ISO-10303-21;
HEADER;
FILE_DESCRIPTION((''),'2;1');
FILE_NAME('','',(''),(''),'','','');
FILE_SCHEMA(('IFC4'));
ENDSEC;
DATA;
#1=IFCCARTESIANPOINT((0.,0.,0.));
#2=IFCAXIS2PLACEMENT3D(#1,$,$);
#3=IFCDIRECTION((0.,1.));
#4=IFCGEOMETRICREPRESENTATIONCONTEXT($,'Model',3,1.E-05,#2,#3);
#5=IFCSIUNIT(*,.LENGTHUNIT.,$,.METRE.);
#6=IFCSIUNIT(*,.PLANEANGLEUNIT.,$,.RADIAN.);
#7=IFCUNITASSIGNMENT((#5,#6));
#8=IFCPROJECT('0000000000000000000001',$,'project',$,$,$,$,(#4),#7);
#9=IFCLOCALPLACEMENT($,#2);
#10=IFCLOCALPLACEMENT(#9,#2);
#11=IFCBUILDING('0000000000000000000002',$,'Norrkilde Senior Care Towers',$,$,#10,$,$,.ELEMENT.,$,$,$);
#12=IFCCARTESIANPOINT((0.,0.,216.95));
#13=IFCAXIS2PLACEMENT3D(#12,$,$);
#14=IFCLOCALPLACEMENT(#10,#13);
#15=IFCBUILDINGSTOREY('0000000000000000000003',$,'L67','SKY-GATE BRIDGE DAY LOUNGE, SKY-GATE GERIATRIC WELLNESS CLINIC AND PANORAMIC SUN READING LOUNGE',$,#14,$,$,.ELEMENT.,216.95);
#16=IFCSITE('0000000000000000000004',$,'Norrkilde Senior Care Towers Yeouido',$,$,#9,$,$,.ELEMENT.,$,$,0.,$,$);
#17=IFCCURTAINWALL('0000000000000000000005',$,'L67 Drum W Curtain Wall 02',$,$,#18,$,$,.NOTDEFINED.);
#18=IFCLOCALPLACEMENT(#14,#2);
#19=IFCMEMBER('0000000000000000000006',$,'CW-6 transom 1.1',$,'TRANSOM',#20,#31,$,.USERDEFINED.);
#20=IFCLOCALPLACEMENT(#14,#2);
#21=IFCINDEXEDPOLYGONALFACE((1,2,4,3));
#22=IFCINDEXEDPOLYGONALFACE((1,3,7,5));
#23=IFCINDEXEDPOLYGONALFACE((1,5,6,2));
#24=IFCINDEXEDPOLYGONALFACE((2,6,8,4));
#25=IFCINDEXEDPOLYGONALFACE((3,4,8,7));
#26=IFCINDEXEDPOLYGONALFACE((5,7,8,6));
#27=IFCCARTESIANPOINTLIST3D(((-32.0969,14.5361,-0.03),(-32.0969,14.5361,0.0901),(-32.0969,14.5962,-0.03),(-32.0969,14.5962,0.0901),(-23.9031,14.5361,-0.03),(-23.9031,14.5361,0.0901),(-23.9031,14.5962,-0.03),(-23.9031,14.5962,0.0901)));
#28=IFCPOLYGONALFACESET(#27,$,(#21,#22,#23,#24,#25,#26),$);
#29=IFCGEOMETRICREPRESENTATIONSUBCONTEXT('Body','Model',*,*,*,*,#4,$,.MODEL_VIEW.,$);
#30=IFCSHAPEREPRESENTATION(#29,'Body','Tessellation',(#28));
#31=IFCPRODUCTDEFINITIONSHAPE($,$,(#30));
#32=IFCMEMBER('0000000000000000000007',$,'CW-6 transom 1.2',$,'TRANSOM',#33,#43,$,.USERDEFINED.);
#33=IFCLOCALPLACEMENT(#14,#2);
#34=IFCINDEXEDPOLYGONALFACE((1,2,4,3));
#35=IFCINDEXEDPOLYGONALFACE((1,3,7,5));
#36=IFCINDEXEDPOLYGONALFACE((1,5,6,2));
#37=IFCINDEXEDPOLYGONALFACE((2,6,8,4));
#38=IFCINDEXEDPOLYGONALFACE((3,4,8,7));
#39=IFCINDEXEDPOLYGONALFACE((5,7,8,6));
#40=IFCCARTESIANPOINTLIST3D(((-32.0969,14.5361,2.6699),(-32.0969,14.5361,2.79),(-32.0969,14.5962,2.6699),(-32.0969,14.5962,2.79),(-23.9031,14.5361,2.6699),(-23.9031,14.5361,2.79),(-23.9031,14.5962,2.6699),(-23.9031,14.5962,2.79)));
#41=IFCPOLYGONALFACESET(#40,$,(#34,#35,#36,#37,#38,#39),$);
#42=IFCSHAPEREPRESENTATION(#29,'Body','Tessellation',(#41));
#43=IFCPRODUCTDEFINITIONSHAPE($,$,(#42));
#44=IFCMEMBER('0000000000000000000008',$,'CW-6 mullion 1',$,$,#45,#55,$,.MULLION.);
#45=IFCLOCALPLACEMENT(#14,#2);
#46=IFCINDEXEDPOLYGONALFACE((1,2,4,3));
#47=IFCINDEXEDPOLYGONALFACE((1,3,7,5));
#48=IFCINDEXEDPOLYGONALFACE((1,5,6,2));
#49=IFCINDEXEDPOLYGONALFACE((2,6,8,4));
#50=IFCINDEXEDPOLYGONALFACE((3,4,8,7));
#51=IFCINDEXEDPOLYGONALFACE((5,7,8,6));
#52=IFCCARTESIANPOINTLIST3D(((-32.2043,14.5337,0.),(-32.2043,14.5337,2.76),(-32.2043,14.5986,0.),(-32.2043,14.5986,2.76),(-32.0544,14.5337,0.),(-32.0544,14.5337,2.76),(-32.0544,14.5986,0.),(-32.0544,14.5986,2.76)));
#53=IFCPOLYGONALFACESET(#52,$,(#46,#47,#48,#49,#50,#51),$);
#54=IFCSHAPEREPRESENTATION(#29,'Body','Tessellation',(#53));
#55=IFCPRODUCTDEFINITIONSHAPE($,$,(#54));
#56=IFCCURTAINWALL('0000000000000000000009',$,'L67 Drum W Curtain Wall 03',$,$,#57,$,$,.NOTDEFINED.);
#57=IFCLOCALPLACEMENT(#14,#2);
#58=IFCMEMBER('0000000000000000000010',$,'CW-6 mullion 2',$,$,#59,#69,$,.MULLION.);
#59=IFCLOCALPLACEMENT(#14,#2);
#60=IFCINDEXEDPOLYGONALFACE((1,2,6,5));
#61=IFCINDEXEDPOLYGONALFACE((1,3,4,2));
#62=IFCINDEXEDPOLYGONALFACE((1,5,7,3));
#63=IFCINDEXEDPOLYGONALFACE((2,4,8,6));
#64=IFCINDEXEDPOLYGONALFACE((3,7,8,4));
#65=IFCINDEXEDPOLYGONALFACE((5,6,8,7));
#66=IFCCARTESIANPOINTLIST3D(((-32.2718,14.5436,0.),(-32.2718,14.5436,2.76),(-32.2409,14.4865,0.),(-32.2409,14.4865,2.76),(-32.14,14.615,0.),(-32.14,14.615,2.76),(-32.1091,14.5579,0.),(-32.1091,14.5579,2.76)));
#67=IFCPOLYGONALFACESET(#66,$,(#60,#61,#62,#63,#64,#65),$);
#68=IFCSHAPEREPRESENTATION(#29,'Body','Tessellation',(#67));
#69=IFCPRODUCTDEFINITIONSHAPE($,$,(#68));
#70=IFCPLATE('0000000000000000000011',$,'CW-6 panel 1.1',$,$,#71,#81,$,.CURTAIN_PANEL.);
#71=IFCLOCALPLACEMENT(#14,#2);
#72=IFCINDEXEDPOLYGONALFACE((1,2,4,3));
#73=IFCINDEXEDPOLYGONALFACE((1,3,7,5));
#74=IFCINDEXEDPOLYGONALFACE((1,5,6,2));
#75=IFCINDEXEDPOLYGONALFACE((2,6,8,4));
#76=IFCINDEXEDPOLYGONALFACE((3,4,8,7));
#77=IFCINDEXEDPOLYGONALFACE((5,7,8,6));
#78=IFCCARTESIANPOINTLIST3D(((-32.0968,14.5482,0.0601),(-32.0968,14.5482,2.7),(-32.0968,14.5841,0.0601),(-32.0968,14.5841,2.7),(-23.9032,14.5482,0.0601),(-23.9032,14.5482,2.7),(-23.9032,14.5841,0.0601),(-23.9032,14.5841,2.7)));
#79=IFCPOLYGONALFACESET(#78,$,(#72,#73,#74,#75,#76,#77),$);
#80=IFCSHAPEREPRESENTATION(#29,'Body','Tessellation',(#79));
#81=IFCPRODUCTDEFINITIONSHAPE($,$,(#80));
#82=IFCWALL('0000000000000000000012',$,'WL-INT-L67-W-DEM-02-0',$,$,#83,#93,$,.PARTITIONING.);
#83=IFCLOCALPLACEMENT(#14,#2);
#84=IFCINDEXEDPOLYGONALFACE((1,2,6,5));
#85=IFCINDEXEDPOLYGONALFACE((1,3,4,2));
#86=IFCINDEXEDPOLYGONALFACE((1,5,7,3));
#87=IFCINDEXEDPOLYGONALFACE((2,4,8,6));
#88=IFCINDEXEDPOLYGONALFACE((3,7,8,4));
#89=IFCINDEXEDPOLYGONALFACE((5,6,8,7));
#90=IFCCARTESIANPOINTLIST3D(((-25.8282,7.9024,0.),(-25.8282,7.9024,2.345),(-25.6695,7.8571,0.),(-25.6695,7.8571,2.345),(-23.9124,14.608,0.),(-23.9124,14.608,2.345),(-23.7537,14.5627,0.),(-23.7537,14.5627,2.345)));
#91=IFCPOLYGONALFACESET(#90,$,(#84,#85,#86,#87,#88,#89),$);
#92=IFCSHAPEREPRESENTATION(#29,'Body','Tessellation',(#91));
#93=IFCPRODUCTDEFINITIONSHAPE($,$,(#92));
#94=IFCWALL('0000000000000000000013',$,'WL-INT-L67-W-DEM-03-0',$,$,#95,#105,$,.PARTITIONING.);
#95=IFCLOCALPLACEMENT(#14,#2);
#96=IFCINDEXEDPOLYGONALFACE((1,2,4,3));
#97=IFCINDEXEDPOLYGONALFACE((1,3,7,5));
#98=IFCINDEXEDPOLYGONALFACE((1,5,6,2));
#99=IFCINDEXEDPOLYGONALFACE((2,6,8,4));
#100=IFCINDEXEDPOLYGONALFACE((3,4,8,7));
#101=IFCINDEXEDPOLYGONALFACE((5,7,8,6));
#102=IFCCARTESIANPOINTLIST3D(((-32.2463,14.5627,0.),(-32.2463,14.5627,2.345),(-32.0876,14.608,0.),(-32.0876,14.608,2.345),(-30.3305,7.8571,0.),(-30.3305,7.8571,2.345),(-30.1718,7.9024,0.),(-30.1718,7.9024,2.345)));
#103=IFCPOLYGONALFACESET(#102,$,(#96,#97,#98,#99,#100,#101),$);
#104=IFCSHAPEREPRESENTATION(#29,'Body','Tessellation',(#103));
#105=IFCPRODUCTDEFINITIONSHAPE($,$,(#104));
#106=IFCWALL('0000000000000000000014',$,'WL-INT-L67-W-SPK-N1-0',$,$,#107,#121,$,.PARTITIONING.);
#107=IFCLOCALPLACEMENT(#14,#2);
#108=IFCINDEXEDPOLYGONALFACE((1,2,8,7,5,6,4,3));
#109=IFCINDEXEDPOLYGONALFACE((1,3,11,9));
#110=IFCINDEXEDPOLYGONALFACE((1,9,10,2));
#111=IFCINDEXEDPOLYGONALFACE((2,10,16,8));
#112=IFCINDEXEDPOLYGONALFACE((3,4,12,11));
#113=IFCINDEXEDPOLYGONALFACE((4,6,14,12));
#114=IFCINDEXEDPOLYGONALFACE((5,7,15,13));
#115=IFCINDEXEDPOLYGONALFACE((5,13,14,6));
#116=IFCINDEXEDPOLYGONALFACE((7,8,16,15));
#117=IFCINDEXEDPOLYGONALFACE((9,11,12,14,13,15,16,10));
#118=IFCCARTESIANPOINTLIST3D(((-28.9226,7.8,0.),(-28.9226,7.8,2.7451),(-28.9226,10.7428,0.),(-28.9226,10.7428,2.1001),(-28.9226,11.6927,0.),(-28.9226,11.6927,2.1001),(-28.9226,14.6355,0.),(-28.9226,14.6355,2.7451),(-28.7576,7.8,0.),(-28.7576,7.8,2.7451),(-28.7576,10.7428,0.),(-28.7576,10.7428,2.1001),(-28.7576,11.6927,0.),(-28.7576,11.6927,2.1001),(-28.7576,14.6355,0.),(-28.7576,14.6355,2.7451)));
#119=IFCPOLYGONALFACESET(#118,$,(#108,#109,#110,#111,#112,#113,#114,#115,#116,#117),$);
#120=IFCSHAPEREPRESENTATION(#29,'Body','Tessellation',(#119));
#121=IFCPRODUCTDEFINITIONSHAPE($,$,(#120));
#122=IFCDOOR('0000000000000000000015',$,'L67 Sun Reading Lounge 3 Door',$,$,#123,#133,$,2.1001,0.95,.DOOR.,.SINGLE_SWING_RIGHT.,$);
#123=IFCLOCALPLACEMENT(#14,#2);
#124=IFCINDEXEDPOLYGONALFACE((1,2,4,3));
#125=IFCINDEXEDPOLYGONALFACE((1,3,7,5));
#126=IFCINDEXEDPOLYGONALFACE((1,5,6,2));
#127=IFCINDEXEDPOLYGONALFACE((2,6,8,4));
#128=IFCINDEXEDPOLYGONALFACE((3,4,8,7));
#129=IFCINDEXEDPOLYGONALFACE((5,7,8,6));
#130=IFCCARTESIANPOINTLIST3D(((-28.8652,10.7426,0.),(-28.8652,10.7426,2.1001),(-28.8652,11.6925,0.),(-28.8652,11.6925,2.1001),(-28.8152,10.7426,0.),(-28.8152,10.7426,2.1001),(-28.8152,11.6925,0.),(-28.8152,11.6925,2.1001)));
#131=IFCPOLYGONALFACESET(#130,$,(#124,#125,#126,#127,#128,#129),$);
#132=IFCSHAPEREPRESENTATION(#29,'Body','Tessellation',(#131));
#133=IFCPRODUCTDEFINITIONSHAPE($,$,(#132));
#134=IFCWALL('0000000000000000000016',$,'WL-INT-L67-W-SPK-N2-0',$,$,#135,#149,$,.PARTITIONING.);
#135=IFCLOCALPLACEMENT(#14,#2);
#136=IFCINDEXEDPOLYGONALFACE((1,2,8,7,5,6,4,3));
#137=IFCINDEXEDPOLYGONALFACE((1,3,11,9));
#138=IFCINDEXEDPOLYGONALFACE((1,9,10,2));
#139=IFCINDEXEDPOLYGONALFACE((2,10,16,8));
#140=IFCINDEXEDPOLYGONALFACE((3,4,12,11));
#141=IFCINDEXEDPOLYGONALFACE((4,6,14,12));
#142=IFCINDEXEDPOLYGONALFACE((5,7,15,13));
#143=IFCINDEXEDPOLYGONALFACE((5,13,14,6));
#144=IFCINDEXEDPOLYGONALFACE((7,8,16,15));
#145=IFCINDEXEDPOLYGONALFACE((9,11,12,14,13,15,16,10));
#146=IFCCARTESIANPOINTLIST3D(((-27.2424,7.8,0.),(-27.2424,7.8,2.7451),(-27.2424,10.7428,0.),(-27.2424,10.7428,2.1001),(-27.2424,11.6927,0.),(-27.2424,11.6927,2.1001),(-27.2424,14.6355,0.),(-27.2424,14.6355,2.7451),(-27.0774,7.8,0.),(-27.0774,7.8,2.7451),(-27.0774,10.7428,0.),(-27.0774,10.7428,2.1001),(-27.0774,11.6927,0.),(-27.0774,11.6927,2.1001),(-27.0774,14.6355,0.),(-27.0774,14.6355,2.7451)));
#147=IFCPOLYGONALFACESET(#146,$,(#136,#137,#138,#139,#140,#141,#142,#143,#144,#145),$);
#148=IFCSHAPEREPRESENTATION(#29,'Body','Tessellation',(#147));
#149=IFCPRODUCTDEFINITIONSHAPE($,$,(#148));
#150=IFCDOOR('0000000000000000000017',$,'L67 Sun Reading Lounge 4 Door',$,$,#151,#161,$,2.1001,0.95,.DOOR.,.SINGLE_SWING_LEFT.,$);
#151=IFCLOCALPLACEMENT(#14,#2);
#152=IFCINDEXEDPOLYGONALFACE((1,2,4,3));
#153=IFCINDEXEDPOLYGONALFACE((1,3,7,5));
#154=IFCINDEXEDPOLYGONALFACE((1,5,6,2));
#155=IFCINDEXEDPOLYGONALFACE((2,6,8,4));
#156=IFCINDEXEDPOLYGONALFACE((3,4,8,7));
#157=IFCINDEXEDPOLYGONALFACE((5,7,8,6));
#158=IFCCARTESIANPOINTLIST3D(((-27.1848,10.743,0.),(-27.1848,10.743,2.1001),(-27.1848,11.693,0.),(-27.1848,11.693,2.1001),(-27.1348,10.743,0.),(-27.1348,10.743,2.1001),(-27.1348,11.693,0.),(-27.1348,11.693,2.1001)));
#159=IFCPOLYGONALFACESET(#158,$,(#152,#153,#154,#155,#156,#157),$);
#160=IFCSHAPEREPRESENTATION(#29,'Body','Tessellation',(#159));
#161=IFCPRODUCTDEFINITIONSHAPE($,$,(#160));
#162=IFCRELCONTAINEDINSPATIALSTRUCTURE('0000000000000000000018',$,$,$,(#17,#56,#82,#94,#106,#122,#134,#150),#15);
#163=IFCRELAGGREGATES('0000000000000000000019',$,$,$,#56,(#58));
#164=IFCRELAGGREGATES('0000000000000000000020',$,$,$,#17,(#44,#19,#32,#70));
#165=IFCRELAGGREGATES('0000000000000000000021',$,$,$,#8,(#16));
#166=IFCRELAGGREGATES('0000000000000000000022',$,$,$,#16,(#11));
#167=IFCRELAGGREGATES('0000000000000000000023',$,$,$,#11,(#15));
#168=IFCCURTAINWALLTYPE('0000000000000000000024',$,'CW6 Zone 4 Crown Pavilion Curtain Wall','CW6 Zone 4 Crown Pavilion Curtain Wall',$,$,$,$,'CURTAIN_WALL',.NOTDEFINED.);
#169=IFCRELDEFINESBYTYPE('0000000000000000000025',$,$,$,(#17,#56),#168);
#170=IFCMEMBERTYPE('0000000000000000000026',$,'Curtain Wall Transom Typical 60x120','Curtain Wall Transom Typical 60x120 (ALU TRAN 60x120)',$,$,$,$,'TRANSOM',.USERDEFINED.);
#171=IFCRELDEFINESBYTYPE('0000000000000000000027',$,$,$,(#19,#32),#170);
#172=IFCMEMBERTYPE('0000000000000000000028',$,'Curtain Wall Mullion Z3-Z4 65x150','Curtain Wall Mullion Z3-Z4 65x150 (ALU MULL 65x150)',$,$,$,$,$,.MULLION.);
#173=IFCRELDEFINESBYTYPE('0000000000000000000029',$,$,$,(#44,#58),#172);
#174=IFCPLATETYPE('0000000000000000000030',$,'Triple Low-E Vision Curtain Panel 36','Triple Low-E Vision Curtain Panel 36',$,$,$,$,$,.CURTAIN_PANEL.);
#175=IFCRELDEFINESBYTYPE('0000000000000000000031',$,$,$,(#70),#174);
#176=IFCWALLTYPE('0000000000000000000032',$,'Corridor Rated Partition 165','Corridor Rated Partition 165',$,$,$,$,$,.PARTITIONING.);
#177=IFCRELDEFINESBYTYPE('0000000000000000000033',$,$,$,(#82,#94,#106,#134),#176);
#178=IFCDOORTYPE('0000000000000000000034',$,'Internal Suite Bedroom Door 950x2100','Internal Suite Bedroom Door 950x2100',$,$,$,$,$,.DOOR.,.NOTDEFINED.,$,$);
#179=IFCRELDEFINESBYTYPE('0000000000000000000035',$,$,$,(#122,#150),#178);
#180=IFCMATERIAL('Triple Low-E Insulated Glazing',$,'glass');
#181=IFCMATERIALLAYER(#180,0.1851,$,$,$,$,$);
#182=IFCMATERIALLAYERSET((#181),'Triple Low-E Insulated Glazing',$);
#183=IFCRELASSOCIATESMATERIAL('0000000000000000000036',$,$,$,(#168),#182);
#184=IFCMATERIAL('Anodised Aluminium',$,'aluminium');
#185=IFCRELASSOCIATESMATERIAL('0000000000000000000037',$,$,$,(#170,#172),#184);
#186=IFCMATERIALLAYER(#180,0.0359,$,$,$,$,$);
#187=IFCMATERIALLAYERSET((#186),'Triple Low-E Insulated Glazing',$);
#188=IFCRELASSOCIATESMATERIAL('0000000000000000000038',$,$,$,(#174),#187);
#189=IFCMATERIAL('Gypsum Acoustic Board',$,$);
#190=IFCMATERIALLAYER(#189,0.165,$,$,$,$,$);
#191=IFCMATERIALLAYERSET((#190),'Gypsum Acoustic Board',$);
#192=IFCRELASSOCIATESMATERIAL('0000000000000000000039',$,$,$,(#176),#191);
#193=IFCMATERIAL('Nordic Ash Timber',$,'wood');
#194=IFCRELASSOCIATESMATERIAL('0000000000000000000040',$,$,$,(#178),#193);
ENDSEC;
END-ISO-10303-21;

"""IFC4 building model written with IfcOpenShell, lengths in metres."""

from ifc_helpers import new_model, si_unit, direction, frame, frame_2d, origin, origin_2d, place, context, subcontext, project, spatial, rectangle, extrude, source, transform, mapped, material, layer, layer_set, material_profile, profile_set, type_object, type_shapes, element, fill, aggregate, save


model = new_model("IFC4")

# Units and contexts
model_context = context("Model", 3, precision=1e-05, world=origin(), true_north=direction((0.0, 1.0)))
body_context = subcontext(model_context, "Body", "Model", "MODEL_VIEW")
ifc_project = project(units=[si_unit("LENGTHUNIT", "METRE"), si_unit("PLANEANGLEUNIT", "RADIAN")], contexts=[model_context])

# Site, building, storey
site_placement = place(None, origin())
site = spatial("IfcSite", under=ifc_project, at=site_placement, Name="Norrkilde Senior Care Towers Yeouido", CompositionType="ELEMENT", RefElevation=0.0)
building_placement = place(site_placement, origin())
building = spatial("IfcBuilding", under=site, at=building_placement, Name="Norrkilde Senior Care Towers", CompositionType="ELEMENT")
storey_placement = place(building_placement, frame((0.0, 0.0, 216.95)))
storey = spatial("IfcBuildingStorey", under=building, at=storey_placement, Name="L67", Description="SKY-GATE BRIDGE DAY LOUNGE, SKY-GATE GERIATRIC WELLNESS CLINIC AND PANORAMIC SUN READING LOUNGE", CompositionType="ELEMENT", Elevation=216.95)

# Curtain wall, members
ifc_material_1 = material(Name="Triple Low-E Insulated Glazing", Category="glass")
ifc_layer_1 = layer(ifc_material_1, 0.1851)
ifc_layer_set_1 = layer_set([ifc_layer_1], Name="Triple Low-E Insulated Glazing")
curtain_wall_type = type_object("IfcCurtainWallType", Name="CW6 Zone 4 Crown Pavilion Curtain Wall", Description="CW6 Zone 4 Crown Pavilion Curtain Wall", ElementType="CURTAIN_WALL", PredefinedType="NOTDEFINED", material=ifc_layer_set_1)
curtain_wall_1_placement = place(storey_placement, origin())
curtain_wall_1 = element("IfcCurtainWall", 1, at=curtain_wall_1_placement, inside=storey, type_object=curtain_wall_type, Name="L67 Drum W Curtain Wall 02", PredefinedType="NOTDEFINED")
ifc_material_2 = material(Name="Anodised Aluminium", Category="aluminium")
ifc_material_profile_1 = material_profile(ifc_material_2, rectangle(XDim=0.0601, YDim=0.1201, at=origin_2d()), Name="ALU TRAN 60x120")
ifc_profile_set_1 = profile_set([ifc_material_profile_1], Name="Anodised Aluminium")
member_type_1 = type_object("IfcMemberType", Name="Curtain Wall Transom Typical 60x120", Description="Curtain Wall Transom Typical 60x120 (ALU TRAN 60x120)", ElementType="TRANSOM", PredefinedType="USERDEFINED", material=ifc_profile_set_1)
shared_shape_1 = source(origin(), body_context, "Body", "SweptSolid", [
    extrude(rectangle(XDim=0.0601, YDim=0.1201, at=origin_2d()), origin(), (0.0, 0.0, 1.0), 8.1938),
])
type_shapes(member_type_1, [shared_shape_1])
member_1_placement = place(storey_placement, frame((-32.0969, 14.5662, 0.03), z_axis=(1.0, 0.0, 0.0), x_axis=(0.0, 1.0, 0.0)))
member_1 = element("IfcMember", 2, at=member_1_placement, type_object=member_type_1, Name="CW-6 transom 1.1", ObjectType="TRANSOM", PredefinedType="USERDEFINED", context=body_context, shape_type="MappedRepresentation", body=[
    mapped(shared_shape_1, transform((0.0, 0.0, 0.0), x_axis=(1.0, 0.0, 0.0), y_axis=(0.0, 1.0, 0.0), z_axis=(0.0, 0.0, 1.0), scale=1.0)),
])
member_2_placement = place(storey_placement, frame((-32.0969, 14.5662, 2.73), z_axis=(1.0, 0.0, 0.0), x_axis=(0.0, 1.0, 0.0)))
member_2 = element("IfcMember", 3, at=member_2_placement, type_object=member_type_1, Name="CW-6 transom 1.2", ObjectType="TRANSOM", PredefinedType="USERDEFINED", context=body_context, shape_type="MappedRepresentation", body=[
    mapped(shared_shape_1, transform((0.0, 0.0, 0.0), x_axis=(1.0, 0.0, 0.0), y_axis=(0.0, 1.0, 0.0), z_axis=(0.0, 0.0, 1.0), scale=1.0)),
])
ifc_material_profile_2 = material_profile(ifc_material_2, rectangle(XDim=0.0649, YDim=0.1499, at=origin_2d()), Name="ALU MULL 65x150")
ifc_profile_set_2 = profile_set([ifc_material_profile_2], Name="Anodised Aluminium")
member_type_2 = type_object("IfcMemberType", Name="Curtain Wall Mullion Z3-Z4 65x150", Description="Curtain Wall Mullion Z3-Z4 65x150 (ALU MULL 65x150)", PredefinedType="MULLION", material=ifc_profile_set_2)
shared_shape_2 = source(origin(), body_context, "Body", "SweptSolid", [
    extrude(rectangle(XDim=0.0649, YDim=0.1499, at=origin_2d()), origin(), (0.0, 0.0, 1.0), 2.76),
])
type_shapes(member_type_2, [shared_shape_2])
member_3_placement = place(storey_placement, frame((-32.1294, 14.5662, 0.0), z_axis=(0.0, 0.0, 1.0), x_axis=(0.0, 1.0, 0.0)))
member_3 = element("IfcMember", 4, at=member_3_placement, type_object=member_type_2, Name="CW-6 mullion 1", PredefinedType="MULLION", context=body_context, shape_type="MappedRepresentation", body=[
    mapped(shared_shape_2, transform((0.0, 0.0, 0.0), x_axis=(1.0, 0.0, 0.0), y_axis=(0.0, 1.0, 0.0), z_axis=(0.0, 0.0, 1.0), scale=1.0)),
])

# Curtain wall, member
curtain_wall_2_placement = place(storey_placement, origin())
curtain_wall_2 = element("IfcCurtainWall", 5, at=curtain_wall_2_placement, inside=storey, type_object=curtain_wall_type, Name="L67 Drum W Curtain Wall 03", PredefinedType="NOTDEFINED")
member_4_placement = place(storey_placement, frame((-32.1904, 14.5508, 0.0), z_axis=(0.0, 0.0, 1.0), x_axis=(-0.476133, 0.879373, 0.0)))
member_4 = element("IfcMember", 6, at=member_4_placement, type_object=member_type_2, Name="CW-6 mullion 2", PredefinedType="MULLION", context=body_context, shape_type="MappedRepresentation", body=[
    mapped(shared_shape_2, transform((0.0, 0.0, 0.0), x_axis=(1.0, 0.0, 0.0), y_axis=(0.0, 1.0, 0.0), z_axis=(0.0, 0.0, 1.0), scale=1.0)),
])
aggregate(curtain_wall_2, [member_4])

# Plate
ifc_layer_2 = layer(ifc_material_1, 0.0359)
ifc_layer_set_2 = layer_set([ifc_layer_2], Name="Triple Low-E Insulated Glazing")
plate_type = type_object("IfcPlateType", Name="Triple Low-E Vision Curtain Panel 36", Description="Triple Low-E Vision Curtain Panel 36", PredefinedType="CURTAIN_PANEL", material=ifc_layer_set_2)
shared_shape_3 = source(origin(), body_context, "Body", "SweptSolid", [
    extrude(rectangle(XDim=8.1936, YDim=0.0359, at=origin_2d()), origin(), (0.0, 0.0, 1.0), 2.6399),
])
type_shapes(plate_type, [shared_shape_3])
plate_placement = place(storey_placement, frame((-28.0, 14.5662, 0.0601), z_axis=(0.0, 0.0, 1.0), x_axis=(1.0, 0.0, 0.0)))
plate = element("IfcPlate", 7, at=plate_placement, type_object=plate_type, Name="CW-6 panel 1.1", PredefinedType="CURTAIN_PANEL", context=body_context, shape_type="MappedRepresentation", body=[
    mapped(shared_shape_3, transform((0.0, 0.0, 0.0), x_axis=(1.0, 0.0, 0.0), y_axis=(0.0, 1.0, 0.0), z_axis=(0.0, 0.0, 1.0), scale=1.0)),
])
aggregate(curtain_wall_1, [member_3, member_1, member_2, plate])

# Shared definitions
ifc_material_3 = material(Name="Gypsum Acoustic Board")
ifc_layer_3 = layer(ifc_material_3, 0.165)
ifc_layer_set_3 = layer_set([ifc_layer_3], Name="Gypsum Acoustic Board")
wall_type_1 = type_object("IfcWallType", Name="Corridor Rated Partition 165", Description="Corridor Rated Partition 165", PredefinedType="PARTITIONING", material=ifc_layer_set_3)
ifc_material_4 = material(Name="Nordic Ash Timber", Category="wood")

# Walls
shared_shape_4 = source(origin(), body_context, "Body", "SweptSolid", [
    extrude(rectangle(XDim=6.9739, YDim=0.165, at=frame_2d((3.4868, 0.0))), origin(), (0.0, 0.0, 1.0), 2.345),
])
for number, where, z_axis, x_axis, name in (
    (8, (-25.7488, 7.8799, 0.0), (0.0, 0.0, 1.0), (0.274707, 0.961528, 0.0), "WL-INT-L67-W-DEM-02-0"),
    (9, (-30.2512, 7.8799, 0.0), (0.0, 0.0, 1.0), (-0.274707, 0.961528, 0.0), "WL-INT-L67-W-DEM-03-0"),
):
    element("IfcWall", number, at=place(storey_placement, frame(where, z_axis=z_axis, x_axis=x_axis)), inside=storey, type_object=wall_type_1, Name=name, PredefinedType="PARTITIONING", context=body_context, shape_type="MappedRepresentation", body=[
        mapped(shared_shape_4, transform((0.0, 0.0, 0.0), x_axis=(1.0, 0.0, 0.0), y_axis=(0.0, 1.0, 0.0), z_axis=(0.0, 0.0, 1.0), scale=1.0)),
    ])

# Walls, openings, doors
shared_shape_5 = source(origin(), body_context, "Body", "SweptSolid", [
    extrude(rectangle(XDim=6.8354, YDim=0.165, at=frame_2d((3.4177, 0.0))), origin(), (0.0, 0.0, 1.0), 2.7451),
])
wall_1_placement = place(storey_placement, frame((-28.8401, 7.8, 0.0), z_axis=(0.0, 0.0, 1.0), x_axis=(0.0, 1.0, 0.0)))
wall_1 = element("IfcWall", 10, at=wall_1_placement, inside=storey, type_object=wall_type_1, Name="WL-INT-L67-W-SPK-N1-0", PredefinedType="PARTITIONING", context=body_context, shape_type="MappedRepresentation", body=[
    mapped(shared_shape_5, transform((0.0, 0.0, 0.0), x_axis=(1.0, 0.0, 0.0), y_axis=(0.0, 1.0, 0.0), z_axis=(0.0, 0.0, 1.0), scale=1.0)),
])
opening_1_placement = place(wall_1_placement, frame((2.9426, 0.0, 0.0)))
opening_1 = element("IfcOpeningElement", 11, at=opening_1_placement, cuts=wall_1, PredefinedType="OPENING", context=body_context, shape_type="SweptSolid", body=[
    extrude(rectangle(XDim=0.95, YDim=2.1001, at=frame_2d((0.4751, 1.05))), frame((0.0, 0.0925, 0.0), z_axis=(0.0, -1.0, 0.0), x_axis=(1.0, 0.0, 0.0)), (0.0, 0.0, 1.0), 0.1851),
])
door_type_1 = type_object("IfcDoorType", Name="Internal Suite Bedroom Door 950x2100", Description="Internal Suite Bedroom Door 950x2100", OperationType="NOTDEFINED", PredefinedType="DOOR", material=ifc_material_4)
shared_shape_6 = source(origin(), body_context, "Body", "SweptSolid", [
    extrude(rectangle(XDim=0.95, YDim=2.1001, at=frame_2d((0.4751, 1.05))), frame((0.0, 0.0249, 0.0), z_axis=(0.0, -1.0, 0.0), x_axis=(1.0, 0.0, 0.0)), (0.0, 0.0, 1.0), 0.05),
])
type_shapes(door_type_1, [shared_shape_6])
door_1_placement = place(opening_1_placement, frame((0.95, 0.0, 0.0), z_axis=(0.0, 0.0, 1.0), x_axis=(-1.0, 0.0, 0.0)))
door_1 = element("IfcDoor", 12, at=door_1_placement, inside=storey, type_object=door_type_1, Name="L67 Sun Reading Lounge 3 Door", OperationType="SINGLE_SWING_RIGHT", OverallHeight=2.1001, OverallWidth=0.95, PredefinedType="DOOR", context=body_context, shape_type="MappedRepresentation", body=[
    mapped(shared_shape_6, transform((0.0, 0.0, 0.0), x_axis=(1.0, 0.0, 0.0), y_axis=(0.0, 1.0, 0.0), z_axis=(0.0, 0.0, 1.0), scale=1.0)),
])
fill(opening_1, door_1)
wall_2_placement = place(storey_placement, frame((-27.1599, 14.6355, 0.0), z_axis=(0.0, 0.0, 1.0), x_axis=(0.0, -1.0, 0.0)))
wall_2 = element("IfcWall", 13, at=wall_2_placement, inside=storey, type_object=wall_type_1, Name="WL-INT-L67-W-SPK-N2-0", PredefinedType="PARTITIONING", context=body_context, shape_type="MappedRepresentation", body=[
    mapped(shared_shape_5, transform((0.0, 0.0, 0.0), x_axis=(1.0, 0.0, 0.0), y_axis=(0.0, 1.0, 0.0), z_axis=(0.0, 0.0, 1.0), scale=1.0)),
])
opening_2_placement = place(wall_2_placement, frame((2.9426, 0.0, 0.0)))
opening_2 = element("IfcOpeningElement", 14, at=opening_2_placement, cuts=wall_2, PredefinedType="OPENING", context=body_context, shape_type="SweptSolid", body=[
    extrude(rectangle(XDim=0.95, YDim=2.1001, at=frame_2d((0.4751, 1.05))), frame((0.0, 0.0925, 0.0), z_axis=(0.0, -1.0, 0.0), x_axis=(1.0, 0.0, 0.0)), (0.0, 0.0, 1.0), 0.1851),
])
door_2_placement = place(opening_2_placement, frame((0.95, 0.0, 0.0), z_axis=(0.0, 0.0, 1.0), x_axis=(-1.0, 0.0, 0.0)))
door_2 = element("IfcDoor", 15, at=door_2_placement, inside=storey, type_object=door_type_1, Name="L67 Sun Reading Lounge 4 Door", OperationType="SINGLE_SWING_LEFT", OverallHeight=2.1001, OverallWidth=0.95, PredefinedType="DOOR", context=body_context, shape_type="MappedRepresentation", body=[
    mapped(shared_shape_6, transform((0.0, 0.0, 0.0), x_axis=(1.0, 0.0, 0.0), y_axis=(0.0, 1.0, 0.0), z_axis=(0.0, 0.0, 1.0), scale=1.0)),
])
fill(opening_2, door_2)

save(model, "model.ifc")
